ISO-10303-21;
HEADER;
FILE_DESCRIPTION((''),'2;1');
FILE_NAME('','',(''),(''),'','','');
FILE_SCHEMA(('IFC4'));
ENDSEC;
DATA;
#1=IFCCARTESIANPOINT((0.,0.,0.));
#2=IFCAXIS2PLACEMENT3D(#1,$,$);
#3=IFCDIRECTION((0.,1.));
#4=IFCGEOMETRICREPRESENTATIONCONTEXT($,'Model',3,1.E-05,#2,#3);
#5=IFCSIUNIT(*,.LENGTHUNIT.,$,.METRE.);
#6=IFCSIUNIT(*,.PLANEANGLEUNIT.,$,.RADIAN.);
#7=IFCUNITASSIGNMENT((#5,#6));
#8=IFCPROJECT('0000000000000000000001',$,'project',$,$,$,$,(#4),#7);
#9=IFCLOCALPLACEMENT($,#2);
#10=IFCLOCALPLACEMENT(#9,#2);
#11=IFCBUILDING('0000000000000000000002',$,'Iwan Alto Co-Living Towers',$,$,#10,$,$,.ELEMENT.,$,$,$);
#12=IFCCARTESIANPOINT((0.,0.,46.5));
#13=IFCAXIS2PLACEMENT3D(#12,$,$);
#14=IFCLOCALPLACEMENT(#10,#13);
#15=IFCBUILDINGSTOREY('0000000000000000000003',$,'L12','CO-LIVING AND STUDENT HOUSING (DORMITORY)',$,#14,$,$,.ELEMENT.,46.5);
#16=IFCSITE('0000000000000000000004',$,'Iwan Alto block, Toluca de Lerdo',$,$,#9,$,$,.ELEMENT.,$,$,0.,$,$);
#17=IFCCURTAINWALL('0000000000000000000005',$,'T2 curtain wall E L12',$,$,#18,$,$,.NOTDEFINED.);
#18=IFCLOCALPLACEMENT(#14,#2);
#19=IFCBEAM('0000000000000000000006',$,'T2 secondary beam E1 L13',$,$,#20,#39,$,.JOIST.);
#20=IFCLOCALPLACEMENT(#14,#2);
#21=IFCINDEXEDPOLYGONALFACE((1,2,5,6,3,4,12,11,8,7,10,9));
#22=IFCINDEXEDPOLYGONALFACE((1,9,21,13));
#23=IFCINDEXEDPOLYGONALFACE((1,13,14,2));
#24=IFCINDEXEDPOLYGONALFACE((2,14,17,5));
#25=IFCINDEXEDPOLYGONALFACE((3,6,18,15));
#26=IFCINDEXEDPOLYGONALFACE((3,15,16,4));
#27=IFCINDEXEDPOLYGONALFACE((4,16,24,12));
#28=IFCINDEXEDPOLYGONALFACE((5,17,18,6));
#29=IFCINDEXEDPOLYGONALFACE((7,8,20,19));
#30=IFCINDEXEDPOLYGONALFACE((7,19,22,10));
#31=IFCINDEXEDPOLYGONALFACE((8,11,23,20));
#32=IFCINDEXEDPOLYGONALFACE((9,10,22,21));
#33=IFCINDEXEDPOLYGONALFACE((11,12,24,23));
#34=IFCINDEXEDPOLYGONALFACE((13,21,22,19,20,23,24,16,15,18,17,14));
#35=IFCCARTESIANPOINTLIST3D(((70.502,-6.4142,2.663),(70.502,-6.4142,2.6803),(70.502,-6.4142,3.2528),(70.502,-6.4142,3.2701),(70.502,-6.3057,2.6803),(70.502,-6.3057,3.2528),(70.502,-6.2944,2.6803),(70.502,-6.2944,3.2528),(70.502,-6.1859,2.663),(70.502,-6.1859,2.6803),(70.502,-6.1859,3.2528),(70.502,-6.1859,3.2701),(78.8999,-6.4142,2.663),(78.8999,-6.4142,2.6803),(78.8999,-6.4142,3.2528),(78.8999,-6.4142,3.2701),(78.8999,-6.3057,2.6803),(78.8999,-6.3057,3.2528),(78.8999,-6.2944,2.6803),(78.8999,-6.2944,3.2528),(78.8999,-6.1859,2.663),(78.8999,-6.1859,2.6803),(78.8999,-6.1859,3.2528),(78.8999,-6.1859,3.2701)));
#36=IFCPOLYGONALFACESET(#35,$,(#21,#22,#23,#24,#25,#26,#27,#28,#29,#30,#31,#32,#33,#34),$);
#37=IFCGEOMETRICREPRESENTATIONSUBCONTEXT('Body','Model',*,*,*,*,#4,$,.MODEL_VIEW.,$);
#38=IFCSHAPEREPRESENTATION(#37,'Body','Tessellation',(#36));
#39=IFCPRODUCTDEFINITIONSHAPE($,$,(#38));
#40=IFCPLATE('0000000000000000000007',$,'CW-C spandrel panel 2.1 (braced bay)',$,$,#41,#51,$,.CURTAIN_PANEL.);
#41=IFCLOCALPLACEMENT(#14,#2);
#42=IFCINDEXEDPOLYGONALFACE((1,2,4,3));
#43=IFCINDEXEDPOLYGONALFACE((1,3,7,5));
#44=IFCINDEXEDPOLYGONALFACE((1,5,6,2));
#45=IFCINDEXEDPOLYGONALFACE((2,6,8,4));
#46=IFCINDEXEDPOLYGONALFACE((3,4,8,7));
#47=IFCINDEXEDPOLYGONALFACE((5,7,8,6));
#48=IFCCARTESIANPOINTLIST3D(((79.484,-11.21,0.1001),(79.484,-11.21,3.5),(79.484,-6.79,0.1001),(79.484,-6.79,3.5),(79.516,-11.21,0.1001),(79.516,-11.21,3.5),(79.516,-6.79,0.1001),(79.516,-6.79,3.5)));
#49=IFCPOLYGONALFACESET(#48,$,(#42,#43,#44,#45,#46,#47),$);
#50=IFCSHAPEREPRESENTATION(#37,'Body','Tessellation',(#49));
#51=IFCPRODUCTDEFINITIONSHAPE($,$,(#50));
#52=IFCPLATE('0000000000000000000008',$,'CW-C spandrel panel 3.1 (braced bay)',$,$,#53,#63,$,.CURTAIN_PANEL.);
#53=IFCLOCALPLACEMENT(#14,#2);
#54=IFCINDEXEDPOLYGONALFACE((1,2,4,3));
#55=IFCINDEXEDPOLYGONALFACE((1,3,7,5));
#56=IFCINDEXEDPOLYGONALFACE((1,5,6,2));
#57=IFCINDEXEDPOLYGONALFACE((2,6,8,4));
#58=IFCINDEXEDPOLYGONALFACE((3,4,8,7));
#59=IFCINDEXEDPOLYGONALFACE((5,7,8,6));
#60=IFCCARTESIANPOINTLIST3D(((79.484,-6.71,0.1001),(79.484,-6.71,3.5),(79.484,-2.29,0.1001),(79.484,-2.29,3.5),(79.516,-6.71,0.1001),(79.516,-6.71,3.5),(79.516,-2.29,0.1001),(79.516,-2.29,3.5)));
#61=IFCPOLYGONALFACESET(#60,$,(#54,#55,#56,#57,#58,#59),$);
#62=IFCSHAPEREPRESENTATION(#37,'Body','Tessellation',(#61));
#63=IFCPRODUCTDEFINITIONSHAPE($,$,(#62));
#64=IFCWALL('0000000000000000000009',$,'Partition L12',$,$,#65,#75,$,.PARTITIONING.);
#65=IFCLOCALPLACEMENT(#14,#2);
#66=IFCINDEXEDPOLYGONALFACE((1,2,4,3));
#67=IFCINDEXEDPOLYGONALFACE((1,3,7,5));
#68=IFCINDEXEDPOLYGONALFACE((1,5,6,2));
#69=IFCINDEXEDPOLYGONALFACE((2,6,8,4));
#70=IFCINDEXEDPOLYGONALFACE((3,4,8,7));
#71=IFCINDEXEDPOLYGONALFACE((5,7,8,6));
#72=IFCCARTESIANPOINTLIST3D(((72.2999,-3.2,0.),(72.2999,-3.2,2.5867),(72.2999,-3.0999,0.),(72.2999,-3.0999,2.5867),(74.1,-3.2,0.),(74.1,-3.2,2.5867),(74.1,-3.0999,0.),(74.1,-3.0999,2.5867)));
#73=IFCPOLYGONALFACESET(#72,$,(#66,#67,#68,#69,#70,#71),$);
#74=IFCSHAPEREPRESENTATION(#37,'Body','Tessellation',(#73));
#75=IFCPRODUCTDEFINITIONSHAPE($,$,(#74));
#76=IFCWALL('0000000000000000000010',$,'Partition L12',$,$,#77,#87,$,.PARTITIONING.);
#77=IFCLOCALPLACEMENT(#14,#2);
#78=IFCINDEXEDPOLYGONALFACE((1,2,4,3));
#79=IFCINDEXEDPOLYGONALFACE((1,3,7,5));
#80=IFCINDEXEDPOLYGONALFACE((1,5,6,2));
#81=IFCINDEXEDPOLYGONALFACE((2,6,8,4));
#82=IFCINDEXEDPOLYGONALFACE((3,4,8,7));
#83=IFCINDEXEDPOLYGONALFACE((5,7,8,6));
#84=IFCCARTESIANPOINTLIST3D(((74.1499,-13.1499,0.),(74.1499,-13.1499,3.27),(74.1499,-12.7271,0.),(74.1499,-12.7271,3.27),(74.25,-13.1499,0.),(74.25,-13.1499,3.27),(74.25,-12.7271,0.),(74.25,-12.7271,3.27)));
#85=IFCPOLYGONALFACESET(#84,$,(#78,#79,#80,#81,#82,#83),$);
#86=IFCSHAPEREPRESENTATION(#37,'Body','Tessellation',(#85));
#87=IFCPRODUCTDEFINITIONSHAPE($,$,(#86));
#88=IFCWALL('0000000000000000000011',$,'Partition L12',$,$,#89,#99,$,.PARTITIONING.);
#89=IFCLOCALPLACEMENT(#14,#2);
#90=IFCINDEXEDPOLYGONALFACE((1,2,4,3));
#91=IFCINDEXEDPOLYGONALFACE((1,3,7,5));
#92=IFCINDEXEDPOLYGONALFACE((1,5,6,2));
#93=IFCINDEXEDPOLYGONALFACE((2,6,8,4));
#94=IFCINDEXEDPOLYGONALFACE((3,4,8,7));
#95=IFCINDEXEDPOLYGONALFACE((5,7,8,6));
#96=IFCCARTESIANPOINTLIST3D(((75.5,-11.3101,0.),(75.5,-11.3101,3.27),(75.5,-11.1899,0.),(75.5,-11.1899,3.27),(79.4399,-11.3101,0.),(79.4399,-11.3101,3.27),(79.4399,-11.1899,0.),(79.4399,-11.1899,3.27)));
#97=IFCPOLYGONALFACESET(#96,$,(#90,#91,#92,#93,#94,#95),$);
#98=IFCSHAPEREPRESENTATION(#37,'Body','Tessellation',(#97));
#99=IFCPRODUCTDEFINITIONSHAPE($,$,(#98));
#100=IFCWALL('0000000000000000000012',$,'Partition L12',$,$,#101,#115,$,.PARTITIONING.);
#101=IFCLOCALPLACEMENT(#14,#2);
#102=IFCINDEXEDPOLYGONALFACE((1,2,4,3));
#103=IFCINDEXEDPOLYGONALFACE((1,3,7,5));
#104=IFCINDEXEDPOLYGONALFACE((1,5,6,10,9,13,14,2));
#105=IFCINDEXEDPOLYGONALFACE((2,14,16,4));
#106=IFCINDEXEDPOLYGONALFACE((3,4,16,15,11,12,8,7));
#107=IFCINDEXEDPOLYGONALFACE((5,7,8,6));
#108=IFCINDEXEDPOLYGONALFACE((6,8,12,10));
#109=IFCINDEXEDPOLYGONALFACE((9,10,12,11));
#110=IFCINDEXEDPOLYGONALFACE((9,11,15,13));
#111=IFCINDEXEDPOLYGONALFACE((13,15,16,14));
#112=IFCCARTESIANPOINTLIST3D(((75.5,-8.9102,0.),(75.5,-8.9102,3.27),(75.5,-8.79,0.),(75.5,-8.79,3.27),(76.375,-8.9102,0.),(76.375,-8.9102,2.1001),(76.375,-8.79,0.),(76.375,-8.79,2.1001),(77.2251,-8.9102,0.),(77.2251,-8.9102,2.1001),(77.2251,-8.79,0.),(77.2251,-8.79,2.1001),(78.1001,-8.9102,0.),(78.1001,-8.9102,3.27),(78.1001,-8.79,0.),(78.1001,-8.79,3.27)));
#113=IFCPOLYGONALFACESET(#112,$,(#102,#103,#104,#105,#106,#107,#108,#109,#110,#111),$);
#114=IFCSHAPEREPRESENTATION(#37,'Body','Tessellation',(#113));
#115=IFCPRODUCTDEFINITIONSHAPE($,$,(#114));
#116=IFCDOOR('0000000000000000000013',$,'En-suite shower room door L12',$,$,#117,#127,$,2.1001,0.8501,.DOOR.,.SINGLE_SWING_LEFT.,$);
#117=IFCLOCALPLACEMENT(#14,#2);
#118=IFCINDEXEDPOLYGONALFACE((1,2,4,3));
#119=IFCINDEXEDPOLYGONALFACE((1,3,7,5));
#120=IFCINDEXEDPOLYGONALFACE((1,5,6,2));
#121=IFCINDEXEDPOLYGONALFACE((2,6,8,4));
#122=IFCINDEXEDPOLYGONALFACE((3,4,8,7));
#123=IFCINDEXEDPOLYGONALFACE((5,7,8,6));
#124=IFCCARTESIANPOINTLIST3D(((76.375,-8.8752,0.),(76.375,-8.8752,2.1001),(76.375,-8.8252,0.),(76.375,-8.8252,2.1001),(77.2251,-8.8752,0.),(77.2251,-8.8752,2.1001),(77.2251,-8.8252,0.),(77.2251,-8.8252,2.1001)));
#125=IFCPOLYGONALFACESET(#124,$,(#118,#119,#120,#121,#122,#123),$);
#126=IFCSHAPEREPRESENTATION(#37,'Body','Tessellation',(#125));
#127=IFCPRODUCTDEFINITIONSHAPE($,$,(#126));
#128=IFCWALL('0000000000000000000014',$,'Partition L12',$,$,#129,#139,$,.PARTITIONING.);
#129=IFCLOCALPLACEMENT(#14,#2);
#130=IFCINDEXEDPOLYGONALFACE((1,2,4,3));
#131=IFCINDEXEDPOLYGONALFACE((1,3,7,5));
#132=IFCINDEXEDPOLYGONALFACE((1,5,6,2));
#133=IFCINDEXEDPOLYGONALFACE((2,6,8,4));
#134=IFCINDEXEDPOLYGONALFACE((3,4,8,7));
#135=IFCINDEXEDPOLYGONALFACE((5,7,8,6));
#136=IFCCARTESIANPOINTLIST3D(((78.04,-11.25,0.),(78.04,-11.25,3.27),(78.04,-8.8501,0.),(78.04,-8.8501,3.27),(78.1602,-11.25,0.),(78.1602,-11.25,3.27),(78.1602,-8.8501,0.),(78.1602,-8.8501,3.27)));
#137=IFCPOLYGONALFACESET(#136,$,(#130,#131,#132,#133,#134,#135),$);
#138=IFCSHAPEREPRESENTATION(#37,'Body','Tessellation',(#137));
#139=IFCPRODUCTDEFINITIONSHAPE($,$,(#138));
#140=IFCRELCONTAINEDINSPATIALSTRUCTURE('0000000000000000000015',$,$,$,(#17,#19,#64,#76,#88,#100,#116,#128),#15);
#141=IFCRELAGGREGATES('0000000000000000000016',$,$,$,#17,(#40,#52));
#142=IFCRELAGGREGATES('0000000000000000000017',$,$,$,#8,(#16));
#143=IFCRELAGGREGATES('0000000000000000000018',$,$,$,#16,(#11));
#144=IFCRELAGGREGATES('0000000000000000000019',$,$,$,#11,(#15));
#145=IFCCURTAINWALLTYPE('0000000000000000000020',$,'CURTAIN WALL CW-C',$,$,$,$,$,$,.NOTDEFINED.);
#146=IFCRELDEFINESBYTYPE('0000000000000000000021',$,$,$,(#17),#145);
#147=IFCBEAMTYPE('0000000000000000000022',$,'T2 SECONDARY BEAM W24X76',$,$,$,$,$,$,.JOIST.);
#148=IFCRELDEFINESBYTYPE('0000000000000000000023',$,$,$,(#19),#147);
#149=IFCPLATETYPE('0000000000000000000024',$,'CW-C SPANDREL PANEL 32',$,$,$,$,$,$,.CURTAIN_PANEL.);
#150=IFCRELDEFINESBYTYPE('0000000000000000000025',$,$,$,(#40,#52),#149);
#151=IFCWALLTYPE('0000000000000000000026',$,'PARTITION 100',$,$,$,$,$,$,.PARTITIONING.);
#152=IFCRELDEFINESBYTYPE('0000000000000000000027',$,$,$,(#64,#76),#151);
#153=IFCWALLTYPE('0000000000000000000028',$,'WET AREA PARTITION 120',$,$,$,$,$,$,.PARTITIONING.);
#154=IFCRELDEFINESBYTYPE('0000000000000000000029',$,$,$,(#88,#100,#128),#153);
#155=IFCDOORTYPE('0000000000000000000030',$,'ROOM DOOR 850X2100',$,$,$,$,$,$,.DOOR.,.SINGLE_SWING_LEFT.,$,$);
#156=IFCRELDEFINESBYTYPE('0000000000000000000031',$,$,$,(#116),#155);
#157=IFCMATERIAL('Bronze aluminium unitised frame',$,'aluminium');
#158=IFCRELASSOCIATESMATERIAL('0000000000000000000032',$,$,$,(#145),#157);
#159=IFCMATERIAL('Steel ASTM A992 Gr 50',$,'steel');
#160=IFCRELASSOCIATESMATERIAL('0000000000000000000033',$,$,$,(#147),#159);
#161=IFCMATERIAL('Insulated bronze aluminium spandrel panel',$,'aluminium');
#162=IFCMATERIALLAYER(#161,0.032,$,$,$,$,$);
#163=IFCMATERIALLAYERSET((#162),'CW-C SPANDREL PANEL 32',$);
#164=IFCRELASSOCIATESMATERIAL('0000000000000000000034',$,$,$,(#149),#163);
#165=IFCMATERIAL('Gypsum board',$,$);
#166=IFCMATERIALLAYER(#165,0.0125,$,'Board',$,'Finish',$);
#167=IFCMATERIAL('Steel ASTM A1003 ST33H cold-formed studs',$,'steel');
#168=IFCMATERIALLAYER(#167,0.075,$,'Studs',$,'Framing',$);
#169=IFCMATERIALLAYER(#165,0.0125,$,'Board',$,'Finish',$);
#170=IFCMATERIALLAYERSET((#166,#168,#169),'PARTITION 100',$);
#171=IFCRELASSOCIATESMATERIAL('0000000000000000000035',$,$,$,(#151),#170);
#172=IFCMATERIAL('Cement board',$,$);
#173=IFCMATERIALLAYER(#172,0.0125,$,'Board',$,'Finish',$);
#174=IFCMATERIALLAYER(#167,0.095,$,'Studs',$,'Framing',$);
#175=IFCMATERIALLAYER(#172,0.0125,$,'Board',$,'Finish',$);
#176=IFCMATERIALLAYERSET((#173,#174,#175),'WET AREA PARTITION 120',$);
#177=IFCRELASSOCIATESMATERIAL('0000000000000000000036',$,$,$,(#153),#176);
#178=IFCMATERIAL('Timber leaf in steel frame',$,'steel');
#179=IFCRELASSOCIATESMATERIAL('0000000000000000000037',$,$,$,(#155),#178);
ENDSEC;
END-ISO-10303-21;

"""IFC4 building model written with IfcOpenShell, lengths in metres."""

from ifc_helpers import new_model, si_unit, direction, frame, frame_2d, origin, origin_2d, place, context, subcontext, project, spatial, rectangle, i_section, extrude, material, layer, layer_set, material_profile, profile_set, type_object, element, fill, aggregate, save


model = new_model("IFC4")

# Units and contexts
model_context = context("Model", 3, precision=1e-05, world=origin(), true_north=direction((0.0, 1.0)))
body_context = subcontext(model_context, "Body", "Model", "MODEL_VIEW")
ifc_project = project(units=[si_unit("LENGTHUNIT", "METRE"), si_unit("PLANEANGLEUNIT", "RADIAN")], contexts=[model_context])

# Site, building, storey
site_placement = place(None, origin())
site = spatial("IfcSite", under=ifc_project, at=site_placement, Name="Iwan Alto block, Toluca de Lerdo", CompositionType="ELEMENT", RefElevation=0.0)
building_placement = place(site_placement, origin())
building = spatial("IfcBuilding", under=site, at=building_placement, Name="Iwan Alto Co-Living Towers", CompositionType="ELEMENT")
storey_placement = place(building_placement, frame((0.0, 0.0, 46.5)))
storey = spatial("IfcBuildingStorey", under=building, at=storey_placement, Name="L12", Description="CO-LIVING AND STUDENT HOUSING (DORMITORY)", CompositionType="ELEMENT", Elevation=46.5)

# Curtain wall
ifc_material_1 = material(Name="Bronze aluminium unitised frame", Category="aluminium")
curtain_wall_type = type_object("IfcCurtainWallType", Name="CURTAIN WALL CW-C", PredefinedType="NOTDEFINED", material=ifc_material_1)
curtain_wall_placement = place(storey_placement, origin())
curtain_wall = element("IfcCurtainWall", 1, at=curtain_wall_placement, inside=storey, type_object=curtain_wall_type, Name="T2 curtain wall E L12", PredefinedType="NOTDEFINED")

# Beam
ifc_material_2 = material(Name="Steel ASTM A992 Gr 50", Category="steel")
ifc_material_profile_1 = material_profile(ifc_material_2, i_section(OverallWidth=0.2283, OverallDepth=0.6072, WebThickness=0.0112, FlangeThickness=0.0173, at=origin_2d()), Name="W24X76")
ifc_profile_set_1 = profile_set([ifc_material_profile_1], Name="Steel ASTM A992 Gr 50")
beam_type_1 = type_object("IfcBeamType", Name="T2 SECONDARY BEAM W24X76", PredefinedType="JOIST", material=ifc_profile_set_1)
beam_1_placement = place(storey_placement, frame((78.8999, -6.3, 2.9666), z_axis=(-1.0, 0.0, 0.0), x_axis=(0.0, -1.0, 0.0)))
element("IfcBeam", 2, at=beam_1_placement, inside=storey, type_object=beam_type_1, Name="T2 secondary beam E1 L13", PredefinedType="JOIST", context=body_context, shape_type="SweptSolid", body=[
    extrude(i_section(OverallWidth=0.2283, OverallDepth=0.6072, WebThickness=0.0112, FlangeThickness=0.0173, at=origin_2d()), origin(), (0.0, 0.0, 1.0), 8.3979),
])

# Plates
ifc_material_3 = material(Name="Insulated bronze aluminium spandrel panel", Category="aluminium")
ifc_layer_1 = layer(ifc_material_3, 0.032)
ifc_layer_set_1 = layer_set([ifc_layer_1], Name="CW-C SPANDREL PANEL 32")
plate_type = type_object("IfcPlateType", Name="CW-C SPANDREL PANEL 32", PredefinedType="CURTAIN_PANEL", material=ifc_layer_set_1)
plate_1_placement = place(storey_placement, frame((79.5, -9.0, 0.1001), z_axis=(0.0, 0.0, 1.0), x_axis=(0.0, 1.0, 0.0)))
plate_1 = element("IfcPlate", 3, at=plate_1_placement, type_object=plate_type, Name="CW-C spandrel panel 2.1 (braced bay)", PredefinedType="CURTAIN_PANEL", context=body_context, shape_type="SweptSolid", body=[
    extrude(rectangle(XDim=4.4199, YDim=0.032, at=origin_2d()), origin(), (0.0, 0.0, 1.0), 3.3999),
])
plate_2_placement = place(storey_placement, frame((79.5, -4.5, 0.1001), z_axis=(0.0, 0.0, 1.0), x_axis=(0.0, 1.0, 0.0)))
plate_2 = element("IfcPlate", 4, at=plate_2_placement, type_object=plate_type, Name="CW-C spandrel panel 3.1 (braced bay)", PredefinedType="CURTAIN_PANEL", context=body_context, shape_type="SweptSolid", body=[
    extrude(rectangle(XDim=4.4199, YDim=0.032, at=origin_2d()), origin(), (0.0, 0.0, 1.0), 3.3999),
])
aggregate(curtain_wall, [plate_1, plate_2])

# Walls
ifc_material_4 = material(Name="Gypsum board")
ifc_layer_2 = layer(ifc_material_4, 0.0125, Name="Board", Category="Finish")
ifc_material_5 = material(Name="Steel ASTM A1003 ST33H cold-formed studs", Category="steel")
ifc_layer_3 = layer(ifc_material_5, 0.075, Name="Studs", Category="Framing")
ifc_layer_4 = layer(ifc_material_4, 0.0125, Name="Board", Category="Finish")
ifc_layer_set_2 = layer_set([ifc_layer_2, ifc_layer_3, ifc_layer_4], Name="PARTITION 100")
wall_type_1 = type_object("IfcWallType", Name="PARTITION 100", PredefinedType="PARTITIONING", material=ifc_layer_set_2)
wall_1_placement = place(storey_placement, frame((72.3, -3.1499, 0.0), z_axis=(0.0, 0.0, 1.0), x_axis=(1.0, 0.0, 0.0)))
element("IfcWall", 5, at=wall_1_placement, inside=storey, type_object=wall_type_1, Name="Partition L12", PredefinedType="PARTITIONING", context=body_context, shape_type="SweptSolid", body=[
    extrude(rectangle(XDim=1.8, YDim=0.1001, at=frame_2d((0.8999, 0.0))), origin(), (0.0, 0.0, 1.0), 2.5867),
])
wall_2_placement = place(storey_placement, frame((74.2, -13.1499, 0.0), z_axis=(0.0, 0.0, 1.0), x_axis=(0.0, 1.0, 0.0)))
element("IfcWall", 6, at=wall_2_placement, inside=storey, type_object=wall_type_1, Name="Partition L12", PredefinedType="PARTITIONING", context=body_context, shape_type="SweptSolid", body=[
    extrude(rectangle(XDim=0.4229, YDim=0.1001, at=frame_2d((0.2114, 0.0))), origin(), (0.0, 0.0, 1.0), 3.27),
])
ifc_material_6 = material(Name="Cement board")
ifc_layer_5 = layer(ifc_material_6, 0.0125, Name="Board", Category="Finish")
ifc_layer_6 = layer(ifc_material_5, 0.095, Name="Studs", Category="Framing")
ifc_layer_7 = layer(ifc_material_6, 0.0125, Name="Board", Category="Finish")
ifc_layer_set_3 = layer_set([ifc_layer_5, ifc_layer_6, ifc_layer_7], Name="WET AREA PARTITION 120")
wall_type_2 = type_object("IfcWallType", Name="WET AREA PARTITION 120", PredefinedType="PARTITIONING", material=ifc_layer_set_3)
wall_3_placement = place(storey_placement, frame((75.5, -11.25, 0.0), z_axis=(0.0, 0.0, 1.0), x_axis=(1.0, 0.0, 0.0)))
element("IfcWall", 7, at=wall_3_placement, inside=storey, type_object=wall_type_2, Name="Partition L12", PredefinedType="PARTITIONING", context=body_context, shape_type="SweptSolid", body=[
    extrude(rectangle(XDim=3.9399, YDim=0.1201, at=frame_2d((1.97, 0.0))), origin(), (0.0, 0.0, 1.0), 3.27),
])

# Wall, opening, door
wall_4_placement = place(storey_placement, frame((75.5, -8.8501, 0.0), z_axis=(0.0, 0.0, 1.0), x_axis=(1.0, 0.0, 0.0)))
wall_4 = element("IfcWall", 8, at=wall_4_placement, inside=storey, type_object=wall_type_2, Name="Partition L12", PredefinedType="PARTITIONING", context=body_context, shape_type="SweptSolid", body=[
    extrude(rectangle(XDim=2.6001, YDim=0.1201, at=frame_2d((1.3, 0.0))), origin(), (0.0, 0.0, 1.0), 3.27),
])
opening_1_placement = place(wall_4_placement, frame((0.875, 0.0, 0.0)))
opening_1 = element("IfcOpeningElement", 9, at=opening_1_placement, cuts=wall_4, PredefinedType="OPENING", context=body_context, shape_type="SweptSolid", body=[
    extrude(rectangle(XDim=0.8501, YDim=2.1001, at=frame_2d((0.425, 1.05))), frame((0.0, 0.0701, 0.0), z_axis=(0.0, -1.0, 0.0), x_axis=(1.0, 0.0, 0.0)), (0.0, 0.0, 1.0), 0.1401),
])
ifc_material_7 = material(Name="Timber leaf in steel frame", Category="steel")
door_type = type_object("IfcDoorType", Name="ROOM DOOR 850X2100", OperationType="SINGLE_SWING_LEFT", PredefinedType="DOOR", material=ifc_material_7)
door_1_placement = place(opening_1_placement, origin())
door_1 = element("IfcDoor", 10, at=door_1_placement, inside=storey, type_object=door_type, Name="En-suite shower room door L12", OperationType="SINGLE_SWING_LEFT", OverallHeight=2.1001, OverallWidth=0.8501, PredefinedType="DOOR", context=body_context, shape_type="SweptSolid", body=[
    extrude(rectangle(XDim=0.8501, YDim=2.1001, at=frame_2d((0.425, 1.05))), frame((0.0, 0.0249, 0.0), z_axis=(0.0, -1.0, 0.0), x_axis=(1.0, 0.0, 0.0)), (0.0, 0.0, 1.0), 0.05),
])
fill(opening_1, door_1)

# Wall
wall_5_placement = place(storey_placement, frame((78.1001, -11.25, 0.0), z_axis=(0.0, 0.0, 1.0), x_axis=(0.0, 1.0, 0.0)))
element("IfcWall", 11, at=wall_5_placement, inside=storey, type_object=wall_type_2, Name="Partition L12", PredefinedType="PARTITIONING", context=body_context, shape_type="SweptSolid", body=[
    extrude(rectangle(XDim=2.3999, YDim=0.1201, at=frame_2d((1.2, 0.0))), origin(), (0.0, 0.0, 1.0), 3.27),
])

save(model, "model.ifc")
